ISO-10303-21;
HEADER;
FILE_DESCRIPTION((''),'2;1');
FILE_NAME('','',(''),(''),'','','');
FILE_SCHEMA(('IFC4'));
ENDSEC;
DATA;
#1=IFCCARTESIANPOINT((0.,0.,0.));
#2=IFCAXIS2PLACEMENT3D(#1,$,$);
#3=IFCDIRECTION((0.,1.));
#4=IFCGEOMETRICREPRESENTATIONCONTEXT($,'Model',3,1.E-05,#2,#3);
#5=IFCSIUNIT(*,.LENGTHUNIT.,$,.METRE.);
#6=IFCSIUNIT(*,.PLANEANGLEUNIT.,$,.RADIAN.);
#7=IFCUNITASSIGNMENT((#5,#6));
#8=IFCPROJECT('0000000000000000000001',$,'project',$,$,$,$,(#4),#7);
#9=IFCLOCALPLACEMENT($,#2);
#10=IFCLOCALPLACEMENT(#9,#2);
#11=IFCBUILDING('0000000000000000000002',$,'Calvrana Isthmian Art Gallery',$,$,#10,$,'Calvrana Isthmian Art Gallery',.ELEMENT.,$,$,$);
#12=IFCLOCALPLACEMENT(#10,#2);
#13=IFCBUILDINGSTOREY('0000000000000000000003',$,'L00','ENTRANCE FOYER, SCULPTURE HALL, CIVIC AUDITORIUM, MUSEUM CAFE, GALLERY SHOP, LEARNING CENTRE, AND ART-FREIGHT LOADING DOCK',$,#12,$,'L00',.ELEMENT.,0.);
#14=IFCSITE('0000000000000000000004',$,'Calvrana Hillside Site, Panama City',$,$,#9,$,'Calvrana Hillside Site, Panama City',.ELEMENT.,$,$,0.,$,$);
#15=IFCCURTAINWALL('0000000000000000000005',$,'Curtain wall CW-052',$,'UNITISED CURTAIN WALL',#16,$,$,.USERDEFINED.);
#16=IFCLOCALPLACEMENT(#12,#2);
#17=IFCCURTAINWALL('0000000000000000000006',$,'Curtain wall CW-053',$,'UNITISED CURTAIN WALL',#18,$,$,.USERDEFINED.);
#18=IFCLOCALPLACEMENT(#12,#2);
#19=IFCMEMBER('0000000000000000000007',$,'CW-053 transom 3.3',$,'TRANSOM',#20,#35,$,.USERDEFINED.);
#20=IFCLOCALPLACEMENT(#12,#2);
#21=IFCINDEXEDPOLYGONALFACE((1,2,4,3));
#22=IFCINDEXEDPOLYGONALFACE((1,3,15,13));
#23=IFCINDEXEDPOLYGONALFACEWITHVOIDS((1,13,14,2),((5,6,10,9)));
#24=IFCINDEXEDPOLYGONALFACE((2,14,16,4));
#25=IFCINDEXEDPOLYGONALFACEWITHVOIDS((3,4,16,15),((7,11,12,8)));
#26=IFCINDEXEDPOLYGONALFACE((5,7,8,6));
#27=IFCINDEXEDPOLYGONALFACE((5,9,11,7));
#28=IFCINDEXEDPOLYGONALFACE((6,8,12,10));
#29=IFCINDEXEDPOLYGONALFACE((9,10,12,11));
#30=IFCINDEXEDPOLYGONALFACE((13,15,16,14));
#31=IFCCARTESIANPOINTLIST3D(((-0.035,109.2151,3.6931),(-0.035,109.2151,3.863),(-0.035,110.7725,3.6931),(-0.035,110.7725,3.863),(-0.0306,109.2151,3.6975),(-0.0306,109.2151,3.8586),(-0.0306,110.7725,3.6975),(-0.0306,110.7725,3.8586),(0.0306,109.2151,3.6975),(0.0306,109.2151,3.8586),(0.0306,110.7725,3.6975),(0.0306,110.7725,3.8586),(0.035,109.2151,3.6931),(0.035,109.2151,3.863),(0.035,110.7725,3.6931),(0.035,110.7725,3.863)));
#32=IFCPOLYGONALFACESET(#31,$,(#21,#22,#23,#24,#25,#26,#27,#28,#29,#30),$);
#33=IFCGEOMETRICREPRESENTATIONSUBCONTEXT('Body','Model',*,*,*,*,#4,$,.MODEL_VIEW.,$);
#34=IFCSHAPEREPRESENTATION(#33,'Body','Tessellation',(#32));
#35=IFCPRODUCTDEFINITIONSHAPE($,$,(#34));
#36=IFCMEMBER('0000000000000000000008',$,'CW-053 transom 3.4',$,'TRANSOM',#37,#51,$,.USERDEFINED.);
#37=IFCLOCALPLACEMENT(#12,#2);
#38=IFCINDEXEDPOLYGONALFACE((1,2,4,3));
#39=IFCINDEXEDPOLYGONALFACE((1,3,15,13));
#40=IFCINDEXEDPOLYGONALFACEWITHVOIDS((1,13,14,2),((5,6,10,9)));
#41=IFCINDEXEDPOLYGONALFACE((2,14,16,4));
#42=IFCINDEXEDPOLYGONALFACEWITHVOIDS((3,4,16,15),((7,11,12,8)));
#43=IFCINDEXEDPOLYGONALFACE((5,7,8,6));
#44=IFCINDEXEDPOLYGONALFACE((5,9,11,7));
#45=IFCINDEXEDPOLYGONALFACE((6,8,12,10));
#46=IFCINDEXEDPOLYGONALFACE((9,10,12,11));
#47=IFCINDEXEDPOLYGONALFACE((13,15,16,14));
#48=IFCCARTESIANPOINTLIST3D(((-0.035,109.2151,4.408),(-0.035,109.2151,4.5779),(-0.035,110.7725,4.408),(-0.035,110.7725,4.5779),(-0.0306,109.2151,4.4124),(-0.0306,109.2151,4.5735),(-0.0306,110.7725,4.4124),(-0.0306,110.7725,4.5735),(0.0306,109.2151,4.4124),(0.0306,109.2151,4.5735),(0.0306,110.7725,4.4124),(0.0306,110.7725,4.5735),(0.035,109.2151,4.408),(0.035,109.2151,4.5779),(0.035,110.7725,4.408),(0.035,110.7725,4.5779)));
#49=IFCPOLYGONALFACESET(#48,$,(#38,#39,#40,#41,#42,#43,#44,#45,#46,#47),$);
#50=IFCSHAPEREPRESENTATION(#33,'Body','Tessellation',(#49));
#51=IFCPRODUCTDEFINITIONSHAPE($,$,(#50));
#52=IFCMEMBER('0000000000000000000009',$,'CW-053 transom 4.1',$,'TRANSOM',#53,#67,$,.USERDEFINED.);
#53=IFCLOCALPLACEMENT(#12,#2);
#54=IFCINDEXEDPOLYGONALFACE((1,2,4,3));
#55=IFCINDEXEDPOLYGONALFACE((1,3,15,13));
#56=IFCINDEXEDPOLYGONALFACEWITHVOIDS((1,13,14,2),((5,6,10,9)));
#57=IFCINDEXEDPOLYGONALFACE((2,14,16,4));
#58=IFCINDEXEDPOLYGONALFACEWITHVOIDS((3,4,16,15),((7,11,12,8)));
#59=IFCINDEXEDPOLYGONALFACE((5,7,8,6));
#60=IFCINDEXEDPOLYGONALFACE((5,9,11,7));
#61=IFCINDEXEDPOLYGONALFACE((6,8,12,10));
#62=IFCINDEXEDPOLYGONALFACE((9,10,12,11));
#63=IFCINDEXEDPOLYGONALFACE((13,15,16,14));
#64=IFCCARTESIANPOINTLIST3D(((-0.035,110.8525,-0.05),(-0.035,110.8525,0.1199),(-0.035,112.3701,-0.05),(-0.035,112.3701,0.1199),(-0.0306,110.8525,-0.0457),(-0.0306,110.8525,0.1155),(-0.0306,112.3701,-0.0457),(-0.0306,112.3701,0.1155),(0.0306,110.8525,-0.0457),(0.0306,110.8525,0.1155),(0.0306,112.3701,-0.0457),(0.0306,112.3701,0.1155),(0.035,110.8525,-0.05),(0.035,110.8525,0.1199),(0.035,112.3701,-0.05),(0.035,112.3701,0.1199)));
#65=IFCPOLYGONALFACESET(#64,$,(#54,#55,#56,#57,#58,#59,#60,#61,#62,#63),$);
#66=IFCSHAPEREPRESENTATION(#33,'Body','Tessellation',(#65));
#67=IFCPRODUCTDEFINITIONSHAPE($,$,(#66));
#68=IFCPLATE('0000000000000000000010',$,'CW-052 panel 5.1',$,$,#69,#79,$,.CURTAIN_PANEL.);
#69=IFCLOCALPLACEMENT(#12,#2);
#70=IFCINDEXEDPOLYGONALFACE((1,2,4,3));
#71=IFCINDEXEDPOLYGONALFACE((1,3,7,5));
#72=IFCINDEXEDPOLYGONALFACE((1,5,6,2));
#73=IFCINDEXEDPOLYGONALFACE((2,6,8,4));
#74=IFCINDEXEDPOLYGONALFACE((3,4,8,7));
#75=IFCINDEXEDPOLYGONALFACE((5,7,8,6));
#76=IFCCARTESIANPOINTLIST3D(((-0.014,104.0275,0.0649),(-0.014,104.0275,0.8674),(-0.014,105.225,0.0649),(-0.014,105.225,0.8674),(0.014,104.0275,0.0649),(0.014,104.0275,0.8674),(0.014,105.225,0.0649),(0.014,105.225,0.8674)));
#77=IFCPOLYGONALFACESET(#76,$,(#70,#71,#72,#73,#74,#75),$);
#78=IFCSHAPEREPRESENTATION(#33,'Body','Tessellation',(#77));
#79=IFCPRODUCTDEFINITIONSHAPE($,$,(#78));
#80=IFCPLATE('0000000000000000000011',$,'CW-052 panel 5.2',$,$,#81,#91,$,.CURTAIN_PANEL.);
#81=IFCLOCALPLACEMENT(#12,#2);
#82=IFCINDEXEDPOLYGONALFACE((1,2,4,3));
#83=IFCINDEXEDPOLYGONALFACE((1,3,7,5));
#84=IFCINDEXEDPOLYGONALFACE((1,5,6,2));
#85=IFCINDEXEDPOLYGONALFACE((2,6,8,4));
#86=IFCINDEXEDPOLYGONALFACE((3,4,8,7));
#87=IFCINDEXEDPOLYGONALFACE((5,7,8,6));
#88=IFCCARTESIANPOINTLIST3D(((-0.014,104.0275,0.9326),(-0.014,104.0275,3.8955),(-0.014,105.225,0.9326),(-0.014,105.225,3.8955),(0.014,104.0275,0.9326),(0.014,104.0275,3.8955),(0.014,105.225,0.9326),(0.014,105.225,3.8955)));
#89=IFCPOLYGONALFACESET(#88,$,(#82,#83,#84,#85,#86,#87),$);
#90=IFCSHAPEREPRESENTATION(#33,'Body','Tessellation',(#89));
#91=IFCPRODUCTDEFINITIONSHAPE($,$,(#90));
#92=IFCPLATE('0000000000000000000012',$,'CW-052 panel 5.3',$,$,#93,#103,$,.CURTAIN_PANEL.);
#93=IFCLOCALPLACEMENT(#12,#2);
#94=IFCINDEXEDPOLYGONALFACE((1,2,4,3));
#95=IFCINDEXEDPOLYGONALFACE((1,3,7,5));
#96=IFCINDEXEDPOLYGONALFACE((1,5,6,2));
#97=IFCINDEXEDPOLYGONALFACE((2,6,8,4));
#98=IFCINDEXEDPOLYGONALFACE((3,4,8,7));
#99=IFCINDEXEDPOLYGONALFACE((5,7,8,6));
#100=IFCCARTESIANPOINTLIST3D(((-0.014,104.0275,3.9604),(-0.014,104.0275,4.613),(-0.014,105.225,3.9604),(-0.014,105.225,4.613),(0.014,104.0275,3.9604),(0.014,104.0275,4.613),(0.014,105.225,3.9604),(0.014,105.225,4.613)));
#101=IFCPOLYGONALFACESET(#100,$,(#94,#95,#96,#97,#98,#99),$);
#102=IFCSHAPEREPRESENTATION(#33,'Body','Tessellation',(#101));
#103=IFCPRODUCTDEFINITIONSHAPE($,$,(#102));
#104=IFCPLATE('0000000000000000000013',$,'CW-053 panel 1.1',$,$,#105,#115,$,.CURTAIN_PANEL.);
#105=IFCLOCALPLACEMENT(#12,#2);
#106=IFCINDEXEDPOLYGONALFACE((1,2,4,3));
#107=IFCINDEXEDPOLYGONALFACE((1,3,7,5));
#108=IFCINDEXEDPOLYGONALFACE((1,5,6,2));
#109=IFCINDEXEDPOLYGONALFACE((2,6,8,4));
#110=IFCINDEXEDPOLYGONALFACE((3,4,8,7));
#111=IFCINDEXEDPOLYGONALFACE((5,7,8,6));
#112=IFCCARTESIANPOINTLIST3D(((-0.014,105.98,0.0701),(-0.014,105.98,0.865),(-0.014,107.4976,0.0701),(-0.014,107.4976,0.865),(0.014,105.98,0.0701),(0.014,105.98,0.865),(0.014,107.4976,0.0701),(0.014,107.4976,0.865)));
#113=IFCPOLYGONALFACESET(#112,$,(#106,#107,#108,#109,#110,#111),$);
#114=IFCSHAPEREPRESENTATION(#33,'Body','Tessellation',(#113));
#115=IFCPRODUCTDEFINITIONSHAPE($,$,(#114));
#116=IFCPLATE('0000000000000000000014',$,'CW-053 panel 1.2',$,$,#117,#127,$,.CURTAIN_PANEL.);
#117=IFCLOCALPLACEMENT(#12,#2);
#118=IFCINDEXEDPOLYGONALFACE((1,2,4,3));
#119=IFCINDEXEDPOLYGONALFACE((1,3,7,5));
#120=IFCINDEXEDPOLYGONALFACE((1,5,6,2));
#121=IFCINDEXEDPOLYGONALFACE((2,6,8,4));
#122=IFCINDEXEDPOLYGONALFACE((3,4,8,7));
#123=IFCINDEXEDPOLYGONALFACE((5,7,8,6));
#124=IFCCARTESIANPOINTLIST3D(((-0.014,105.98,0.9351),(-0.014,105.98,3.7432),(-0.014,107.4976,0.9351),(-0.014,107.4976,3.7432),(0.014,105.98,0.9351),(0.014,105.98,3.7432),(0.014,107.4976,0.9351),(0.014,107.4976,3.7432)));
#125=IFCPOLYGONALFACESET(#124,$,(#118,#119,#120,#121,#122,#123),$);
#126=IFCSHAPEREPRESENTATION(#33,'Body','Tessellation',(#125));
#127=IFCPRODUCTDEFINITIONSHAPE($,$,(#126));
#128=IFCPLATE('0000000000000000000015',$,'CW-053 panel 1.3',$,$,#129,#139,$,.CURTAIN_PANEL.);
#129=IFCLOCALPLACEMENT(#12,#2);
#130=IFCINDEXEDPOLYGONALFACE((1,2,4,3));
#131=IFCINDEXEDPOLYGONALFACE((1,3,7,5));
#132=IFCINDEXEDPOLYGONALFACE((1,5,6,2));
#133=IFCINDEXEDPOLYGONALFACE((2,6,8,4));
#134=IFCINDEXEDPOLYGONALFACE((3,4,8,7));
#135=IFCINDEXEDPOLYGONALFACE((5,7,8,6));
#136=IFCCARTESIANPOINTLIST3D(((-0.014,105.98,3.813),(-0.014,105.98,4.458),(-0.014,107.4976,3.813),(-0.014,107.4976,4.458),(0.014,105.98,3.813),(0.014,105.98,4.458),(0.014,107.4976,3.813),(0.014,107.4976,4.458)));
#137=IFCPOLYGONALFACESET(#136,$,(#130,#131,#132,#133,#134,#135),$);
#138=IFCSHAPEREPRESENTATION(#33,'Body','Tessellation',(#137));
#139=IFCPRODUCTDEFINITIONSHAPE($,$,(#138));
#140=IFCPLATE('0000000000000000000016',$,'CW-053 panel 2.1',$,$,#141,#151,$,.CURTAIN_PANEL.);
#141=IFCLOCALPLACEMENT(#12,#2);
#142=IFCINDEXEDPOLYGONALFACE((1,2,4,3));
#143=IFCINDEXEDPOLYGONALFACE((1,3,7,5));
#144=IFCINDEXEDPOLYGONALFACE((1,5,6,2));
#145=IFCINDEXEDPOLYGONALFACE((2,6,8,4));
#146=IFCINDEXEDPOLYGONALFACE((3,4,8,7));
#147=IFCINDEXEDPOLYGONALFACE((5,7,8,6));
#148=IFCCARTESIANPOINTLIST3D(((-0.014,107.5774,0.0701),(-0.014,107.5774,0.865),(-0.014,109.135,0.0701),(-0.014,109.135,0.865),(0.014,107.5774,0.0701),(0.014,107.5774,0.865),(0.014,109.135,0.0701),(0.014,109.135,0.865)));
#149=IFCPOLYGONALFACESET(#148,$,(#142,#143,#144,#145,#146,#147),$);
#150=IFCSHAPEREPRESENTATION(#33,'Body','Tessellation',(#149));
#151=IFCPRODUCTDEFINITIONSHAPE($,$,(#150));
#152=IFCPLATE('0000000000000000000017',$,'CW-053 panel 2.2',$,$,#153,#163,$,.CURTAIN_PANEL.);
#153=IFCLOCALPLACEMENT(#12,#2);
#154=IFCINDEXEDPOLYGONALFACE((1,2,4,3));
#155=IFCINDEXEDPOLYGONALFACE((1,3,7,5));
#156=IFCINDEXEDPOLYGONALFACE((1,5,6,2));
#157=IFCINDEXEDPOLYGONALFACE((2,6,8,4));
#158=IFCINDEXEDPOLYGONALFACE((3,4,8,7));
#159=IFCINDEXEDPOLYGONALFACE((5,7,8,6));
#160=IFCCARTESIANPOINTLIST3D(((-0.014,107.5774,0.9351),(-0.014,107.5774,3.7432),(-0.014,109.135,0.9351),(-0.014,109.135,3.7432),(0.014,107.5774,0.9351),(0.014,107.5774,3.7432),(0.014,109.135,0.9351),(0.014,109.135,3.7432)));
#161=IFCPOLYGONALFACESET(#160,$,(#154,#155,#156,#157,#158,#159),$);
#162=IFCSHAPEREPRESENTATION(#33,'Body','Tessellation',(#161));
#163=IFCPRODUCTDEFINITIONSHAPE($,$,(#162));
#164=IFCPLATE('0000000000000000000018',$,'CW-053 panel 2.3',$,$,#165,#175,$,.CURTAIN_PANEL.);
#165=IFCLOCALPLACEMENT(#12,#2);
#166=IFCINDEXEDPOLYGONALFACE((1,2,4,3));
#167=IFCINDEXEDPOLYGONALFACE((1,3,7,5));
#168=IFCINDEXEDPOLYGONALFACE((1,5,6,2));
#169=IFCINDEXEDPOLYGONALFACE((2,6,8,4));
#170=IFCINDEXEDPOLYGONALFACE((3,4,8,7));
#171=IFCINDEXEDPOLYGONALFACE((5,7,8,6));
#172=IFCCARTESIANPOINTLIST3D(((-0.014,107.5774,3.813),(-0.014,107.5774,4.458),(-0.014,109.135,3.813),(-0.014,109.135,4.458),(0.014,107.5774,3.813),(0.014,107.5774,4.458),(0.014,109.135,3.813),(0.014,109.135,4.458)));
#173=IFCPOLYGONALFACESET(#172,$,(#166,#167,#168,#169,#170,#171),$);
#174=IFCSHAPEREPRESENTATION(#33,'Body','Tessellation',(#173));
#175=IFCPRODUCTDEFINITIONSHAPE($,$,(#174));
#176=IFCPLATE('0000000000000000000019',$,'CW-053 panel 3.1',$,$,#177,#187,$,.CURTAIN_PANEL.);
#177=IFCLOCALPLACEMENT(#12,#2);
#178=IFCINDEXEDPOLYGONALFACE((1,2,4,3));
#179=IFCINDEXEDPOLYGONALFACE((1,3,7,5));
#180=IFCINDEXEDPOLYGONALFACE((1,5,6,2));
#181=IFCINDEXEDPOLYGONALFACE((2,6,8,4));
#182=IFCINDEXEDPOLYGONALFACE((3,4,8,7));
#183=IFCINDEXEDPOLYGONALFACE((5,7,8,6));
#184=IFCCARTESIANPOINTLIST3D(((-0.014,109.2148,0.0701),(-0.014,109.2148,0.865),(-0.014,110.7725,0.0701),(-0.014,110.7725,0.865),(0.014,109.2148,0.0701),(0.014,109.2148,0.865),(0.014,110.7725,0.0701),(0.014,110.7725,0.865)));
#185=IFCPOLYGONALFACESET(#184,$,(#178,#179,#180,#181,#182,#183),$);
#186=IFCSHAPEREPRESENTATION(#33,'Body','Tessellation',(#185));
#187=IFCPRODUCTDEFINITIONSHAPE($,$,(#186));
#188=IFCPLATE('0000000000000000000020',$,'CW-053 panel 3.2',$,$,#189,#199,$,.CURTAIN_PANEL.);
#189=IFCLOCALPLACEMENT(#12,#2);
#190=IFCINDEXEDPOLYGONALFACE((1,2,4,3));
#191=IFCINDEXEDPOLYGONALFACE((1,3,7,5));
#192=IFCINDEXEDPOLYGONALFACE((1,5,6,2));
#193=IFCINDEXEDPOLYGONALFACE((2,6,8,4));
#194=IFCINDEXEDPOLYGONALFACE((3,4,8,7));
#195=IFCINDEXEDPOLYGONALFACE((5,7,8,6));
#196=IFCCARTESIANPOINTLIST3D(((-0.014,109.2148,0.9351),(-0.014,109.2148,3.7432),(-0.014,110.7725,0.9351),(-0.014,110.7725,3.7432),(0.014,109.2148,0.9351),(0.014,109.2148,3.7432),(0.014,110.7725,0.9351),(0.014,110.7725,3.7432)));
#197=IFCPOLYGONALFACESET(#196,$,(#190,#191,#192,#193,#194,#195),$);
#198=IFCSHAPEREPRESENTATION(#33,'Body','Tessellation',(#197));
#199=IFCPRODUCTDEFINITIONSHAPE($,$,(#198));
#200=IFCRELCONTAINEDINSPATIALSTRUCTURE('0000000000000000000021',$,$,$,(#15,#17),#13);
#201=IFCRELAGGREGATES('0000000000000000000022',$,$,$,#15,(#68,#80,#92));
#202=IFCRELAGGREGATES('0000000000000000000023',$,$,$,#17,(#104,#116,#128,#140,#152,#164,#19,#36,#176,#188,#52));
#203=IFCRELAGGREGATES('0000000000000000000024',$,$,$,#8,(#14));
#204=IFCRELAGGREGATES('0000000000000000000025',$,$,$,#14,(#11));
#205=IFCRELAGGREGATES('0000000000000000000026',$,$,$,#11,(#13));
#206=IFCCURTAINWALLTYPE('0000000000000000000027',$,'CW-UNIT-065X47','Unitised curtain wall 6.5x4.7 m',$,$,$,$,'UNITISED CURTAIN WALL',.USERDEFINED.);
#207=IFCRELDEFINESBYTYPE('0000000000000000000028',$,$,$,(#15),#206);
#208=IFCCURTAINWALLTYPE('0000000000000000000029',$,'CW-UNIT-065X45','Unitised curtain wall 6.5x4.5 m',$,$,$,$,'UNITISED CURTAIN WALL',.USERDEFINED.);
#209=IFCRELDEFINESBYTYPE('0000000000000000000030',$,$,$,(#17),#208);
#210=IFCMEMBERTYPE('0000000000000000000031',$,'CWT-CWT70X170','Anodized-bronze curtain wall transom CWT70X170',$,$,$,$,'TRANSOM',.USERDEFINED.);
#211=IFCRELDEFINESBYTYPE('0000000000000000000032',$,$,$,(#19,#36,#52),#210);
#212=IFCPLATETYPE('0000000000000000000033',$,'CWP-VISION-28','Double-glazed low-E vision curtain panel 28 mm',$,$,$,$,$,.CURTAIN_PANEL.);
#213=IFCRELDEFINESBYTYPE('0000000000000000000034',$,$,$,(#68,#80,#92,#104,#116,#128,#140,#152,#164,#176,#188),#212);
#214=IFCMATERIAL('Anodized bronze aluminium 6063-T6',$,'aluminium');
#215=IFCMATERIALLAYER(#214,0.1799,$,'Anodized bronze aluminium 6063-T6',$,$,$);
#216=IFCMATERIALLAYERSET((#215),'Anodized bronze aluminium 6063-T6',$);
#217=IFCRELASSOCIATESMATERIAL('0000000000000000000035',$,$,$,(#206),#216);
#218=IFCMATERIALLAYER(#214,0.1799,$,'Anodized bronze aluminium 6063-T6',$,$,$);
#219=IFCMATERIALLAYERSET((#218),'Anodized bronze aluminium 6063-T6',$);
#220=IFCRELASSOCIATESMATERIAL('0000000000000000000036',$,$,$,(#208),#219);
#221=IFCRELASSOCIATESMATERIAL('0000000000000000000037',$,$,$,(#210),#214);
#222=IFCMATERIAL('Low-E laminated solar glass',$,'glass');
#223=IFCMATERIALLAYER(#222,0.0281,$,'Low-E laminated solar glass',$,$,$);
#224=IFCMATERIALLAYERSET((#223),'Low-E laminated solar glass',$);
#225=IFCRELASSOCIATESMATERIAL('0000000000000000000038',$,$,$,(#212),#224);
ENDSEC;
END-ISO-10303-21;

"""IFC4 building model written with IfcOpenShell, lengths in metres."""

from ifc_helpers import new_model, si_unit, direction, frame, origin, origin_2d, place, context, subcontext, project, spatial, rectangle, hollow_rectangle, extrude, material, layer, layer_set, material_profile, profile_set, type_object, element, aggregate, save


model = new_model("IFC4")

# Units and contexts
model_context = context("Model", 3, precision=1e-05, world=origin(), true_north=direction((0.0, 1.0)))
body_context = subcontext(model_context, "Body", "Model", "MODEL_VIEW")
ifc_project = project(units=[si_unit("LENGTHUNIT", "METRE"), si_unit("PLANEANGLEUNIT", "RADIAN")], contexts=[model_context])

# Site, building, storey
site_placement = place(None, origin())
site = spatial("IfcSite", under=ifc_project, at=site_placement, Name="Calvrana Hillside Site, Panama City", LongName="Calvrana Hillside Site, Panama City", CompositionType="ELEMENT", RefElevation=0.0)
building_placement = place(site_placement, origin())
building = spatial("IfcBuilding", under=site, at=building_placement, Name="Calvrana Isthmian Art Gallery", LongName="Calvrana Isthmian Art Gallery", CompositionType="ELEMENT")
storey_placement = place(building_placement, origin())
storey = spatial("IfcBuildingStorey", under=building, at=storey_placement, Name="L00", Description="ENTRANCE FOYER, SCULPTURE HALL, CIVIC AUDITORIUM, MUSEUM CAFE, GALLERY SHOP, LEARNING CENTRE, AND ART-FREIGHT LOADING DOCK", LongName="L00", CompositionType="ELEMENT", Elevation=0.0)

# Curtain wall
ifc_material_1 = material(Name="Anodized bronze aluminium 6063-T6", Category="aluminium")
ifc_layer_1 = layer(ifc_material_1, 0.1799, Name="Anodized bronze aluminium 6063-T6")
ifc_layer_set_1 = layer_set([ifc_layer_1], Name="Anodized bronze aluminium 6063-T6")
curtain_wall_type_1 = type_object("IfcCurtainWallType", Name="CW-UNIT-065X47", Description="Unitised curtain wall 6.5x4.7 m", ElementType="UNITISED CURTAIN WALL", PredefinedType="USERDEFINED", material=ifc_layer_set_1)
curtain_wall_1_placement = place(storey_placement, origin())
curtain_wall_1 = element("IfcCurtainWall", 1, at=curtain_wall_1_placement, inside=storey, type_object=curtain_wall_type_1, Name="Curtain wall CW-052", ObjectType="UNITISED CURTAIN WALL", PredefinedType="USERDEFINED")

# Curtain wall
ifc_layer_2 = layer(ifc_material_1, 0.1799, Name="Anodized bronze aluminium 6063-T6")
ifc_layer_set_2 = layer_set([ifc_layer_2], Name="Anodized bronze aluminium 6063-T6")
curtain_wall_type_2 = type_object("IfcCurtainWallType", Name="CW-UNIT-065X45", Description="Unitised curtain wall 6.5x4.5 m", ElementType="UNITISED CURTAIN WALL", PredefinedType="USERDEFINED", material=ifc_layer_set_2)
curtain_wall_2_placement = place(storey_placement, origin())
curtain_wall_2 = element("IfcCurtainWall", 2, at=curtain_wall_2_placement, inside=storey, type_object=curtain_wall_type_2, Name="Curtain wall CW-053", ObjectType="UNITISED CURTAIN WALL", PredefinedType="USERDEFINED")

# Members
ifc_material_profile_1 = material_profile(ifc_material_1, hollow_rectangle(XDim=0.0701, YDim=0.1699, WallThickness=0.0044, at=origin_2d()), Name="CWT70X170")
ifc_profile_set_1 = profile_set([ifc_material_profile_1], Name="Anodized bronze aluminium 6063-T6")
member_type_1 = type_object("IfcMemberType", Name="CWT-CWT70X170", Description="Anodized-bronze curtain wall transom CWT70X170", ElementType="TRANSOM", PredefinedType="USERDEFINED", material=ifc_profile_set_1)
member_1_placement = place(storey_placement, frame((0.0, 109.2151, 3.7781), z_axis=(0.0, 1.0, 0.0), x_axis=(-1.0, 0.0, 0.0)))
member_1 = element("IfcMember", 3, at=member_1_placement, type_object=member_type_1, Name="CW-053 transom 3.3", ObjectType="TRANSOM", PredefinedType="USERDEFINED", context=body_context, shape_type="SweptSolid", body=[
    extrude(hollow_rectangle(XDim=0.0701, YDim=0.1699, WallThickness=0.0044, at=origin_2d()), origin(), (0.0, 0.0, 1.0), 1.5574),
])
member_2_placement = place(storey_placement, frame((0.0, 109.2151, 4.4929), z_axis=(0.0, 1.0, 0.0), x_axis=(-1.0, 0.0, 0.0)))
member_2 = element("IfcMember", 4, at=member_2_placement, type_object=member_type_1, Name="CW-053 transom 3.4", ObjectType="TRANSOM", PredefinedType="USERDEFINED", context=body_context, shape_type="SweptSolid", body=[
    extrude(hollow_rectangle(XDim=0.0701, YDim=0.1699, WallThickness=0.0044, at=origin_2d()), origin(), (0.0, 0.0, 1.0), 1.5574),
])
member_3_placement = place(storey_placement, frame((0.0, 110.8525, 0.0349), z_axis=(0.0, 1.0, 0.0), x_axis=(-1.0, 0.0, 0.0)))
member_3 = element("IfcMember", 5, at=member_3_placement, type_object=member_type_1, Name="CW-053 transom 4.1", ObjectType="TRANSOM", PredefinedType="USERDEFINED", context=body_context, shape_type="SweptSolid", body=[
    extrude(hollow_rectangle(XDim=0.0701, YDim=0.1699, WallThickness=0.0044, at=origin_2d()), origin(), (0.0, 0.0, 1.0), 1.5176),
])

# Plates
ifc_material_2 = material(Name="Low-E laminated solar glass", Category="glass")
ifc_layer_3 = layer(ifc_material_2, 0.0281, Name="Low-E laminated solar glass")
ifc_layer_set_3 = layer_set([ifc_layer_3], Name="Low-E laminated solar glass")
plate_type = type_object("IfcPlateType", Name="CWP-VISION-28", Description="Double-glazed low-E vision curtain panel 28 mm", PredefinedType="CURTAIN_PANEL", material=ifc_layer_set_3)
plate_1_placement = place(storey_placement, frame((0.0, 104.6262, 0.0649), z_axis=(0.0, 0.0, 1.0), x_axis=(0.0, 1.0, 0.0)))
plate_1 = element("IfcPlate", 6, at=plate_1_placement, type_object=plate_type, Name="CW-052 panel 5.1", PredefinedType="CURTAIN_PANEL", context=body_context, shape_type="SweptSolid", body=[
    extrude(rectangle(XDim=1.1975, YDim=0.0281, at=origin_2d()), origin(), (0.0, 0.0, 1.0), 0.8025),
])
plate_2_placement = place(storey_placement, frame((0.0, 104.6262, 0.9326), z_axis=(0.0, 0.0, 1.0), x_axis=(0.0, 1.0, 0.0)))
plate_2 = element("IfcPlate", 7, at=plate_2_placement, type_object=plate_type, Name="CW-052 panel 5.2", PredefinedType="CURTAIN_PANEL", context=body_context, shape_type="SweptSolid", body=[
    extrude(rectangle(XDim=1.1975, YDim=0.0281, at=origin_2d()), origin(), (0.0, 0.0, 1.0), 2.9629),
])
plate_3_placement = place(storey_placement, frame((0.0, 104.6262, 3.9604), z_axis=(0.0, 0.0, 1.0), x_axis=(0.0, 1.0, 0.0)))
plate_3 = element("IfcPlate", 8, at=plate_3_placement, type_object=plate_type, Name="CW-052 panel 5.3", PredefinedType="CURTAIN_PANEL", context=body_context, shape_type="SweptSolid", body=[
    extrude(rectangle(XDim=1.1975, YDim=0.0281, at=origin_2d()), origin(), (0.0, 0.0, 1.0), 0.6526),
])
aggregate(curtain_wall_1, [plate_1, plate_2, plate_3])
plate_4_placement = place(storey_placement, frame((0.0, 106.7388, 0.0701), z_axis=(0.0, 0.0, 1.0), x_axis=(0.0, 1.0, 0.0)))
plate_4 = element("IfcPlate", 9, at=plate_4_placement, type_object=plate_type, Name="CW-053 panel 1.1", PredefinedType="CURTAIN_PANEL", context=body_context, shape_type="SweptSolid", body=[
    extrude(rectangle(XDim=1.5176, YDim=0.0281, at=origin_2d()), origin(), (0.0, 0.0, 1.0), 0.7949),
])
plate_5_placement = place(storey_placement, frame((0.0, 106.7388, 0.9351), z_axis=(0.0, 0.0, 1.0), x_axis=(0.0, 1.0, 0.0)))
plate_5 = element("IfcPlate", 10, at=plate_5_placement, type_object=plate_type, Name="CW-053 panel 1.2", PredefinedType="CURTAIN_PANEL", context=body_context, shape_type="SweptSolid", body=[
    extrude(rectangle(XDim=1.5176, YDim=0.0281, at=origin_2d()), origin(), (0.0, 0.0, 1.0), 2.8081),
])
plate_6_placement = place(storey_placement, frame((0.0, 106.7388, 3.813), z_axis=(0.0, 0.0, 1.0), x_axis=(0.0, 1.0, 0.0)))
plate_6 = element("IfcPlate", 11, at=plate_6_placement, type_object=plate_type, Name="CW-053 panel 1.3", PredefinedType="CURTAIN_PANEL", context=body_context, shape_type="SweptSolid", body=[
    extrude(rectangle(XDim=1.5176, YDim=0.0281, at=origin_2d()), origin(), (0.0, 0.0, 1.0), 0.645),
])
plate_7_placement = place(storey_placement, frame((0.0, 108.3562, 0.0701), z_axis=(0.0, 0.0, 1.0), x_axis=(0.0, 1.0, 0.0)))
plate_7 = element("IfcPlate", 12, at=plate_7_placement, type_object=plate_type, Name="CW-053 panel 2.1", PredefinedType="CURTAIN_PANEL", context=body_context, shape_type="SweptSolid", body=[
    extrude(rectangle(XDim=1.5576, YDim=0.0281, at=origin_2d()), origin(), (0.0, 0.0, 1.0), 0.7949),
])
plate_8_placement = place(storey_placement, frame((0.0, 108.3562, 0.9351), z_axis=(0.0, 0.0, 1.0), x_axis=(0.0, 1.0, 0.0)))
plate_8 = element("IfcPlate", 13, at=plate_8_placement, type_object=plate_type, Name="CW-053 panel 2.2", PredefinedType="CURTAIN_PANEL", context=body_context, shape_type="SweptSolid", body=[
    extrude(rectangle(XDim=1.5576, YDim=0.0281, at=origin_2d()), origin(), (0.0, 0.0, 1.0), 2.8081),
])
plate_9_placement = place(storey_placement, frame((0.0, 108.3562, 3.813), z_axis=(0.0, 0.0, 1.0), x_axis=(0.0, 1.0, 0.0)))
plate_9 = element("IfcPlate", 14, at=plate_9_placement, type_object=plate_type, Name="CW-053 panel 2.3", PredefinedType="CURTAIN_PANEL", context=body_context, shape_type="SweptSolid", body=[
    extrude(rectangle(XDim=1.5576, YDim=0.0281, at=origin_2d()), origin(), (0.0, 0.0, 1.0), 0.645),
])
plate_10_placement = place(storey_placement, frame((0.0, 109.9937, 0.0701), z_axis=(0.0, 0.0, 1.0), x_axis=(0.0, 1.0, 0.0)))
plate_10 = element("IfcPlate", 15, at=plate_10_placement, type_object=plate_type, Name="CW-053 panel 3.1", PredefinedType="CURTAIN_PANEL", context=body_context, shape_type="SweptSolid", body=[
    extrude(rectangle(XDim=1.5576, YDim=0.0281, at=origin_2d()), origin(), (0.0, 0.0, 1.0), 0.7949),
])
plate_11_placement = place(storey_placement, frame((0.0, 109.9937, 0.9351), z_axis=(0.0, 0.0, 1.0), x_axis=(0.0, 1.0, 0.0)))
plate_11 = element("IfcPlate", 16, at=plate_11_placement, type_object=plate_type, Name="CW-053 panel 3.2", PredefinedType="CURTAIN_PANEL", context=body_context, shape_type="SweptSolid", body=[
    extrude(rectangle(XDim=1.5576, YDim=0.0281, at=origin_2d()), origin(), (0.0, 0.0, 1.0), 2.8081),
])
aggregate(curtain_wall_2, [plate_4, plate_5, plate_6, plate_7, plate_8, plate_9, member_1, member_2, plate_10, plate_11, member_3])

save(model, "model.ifc")
